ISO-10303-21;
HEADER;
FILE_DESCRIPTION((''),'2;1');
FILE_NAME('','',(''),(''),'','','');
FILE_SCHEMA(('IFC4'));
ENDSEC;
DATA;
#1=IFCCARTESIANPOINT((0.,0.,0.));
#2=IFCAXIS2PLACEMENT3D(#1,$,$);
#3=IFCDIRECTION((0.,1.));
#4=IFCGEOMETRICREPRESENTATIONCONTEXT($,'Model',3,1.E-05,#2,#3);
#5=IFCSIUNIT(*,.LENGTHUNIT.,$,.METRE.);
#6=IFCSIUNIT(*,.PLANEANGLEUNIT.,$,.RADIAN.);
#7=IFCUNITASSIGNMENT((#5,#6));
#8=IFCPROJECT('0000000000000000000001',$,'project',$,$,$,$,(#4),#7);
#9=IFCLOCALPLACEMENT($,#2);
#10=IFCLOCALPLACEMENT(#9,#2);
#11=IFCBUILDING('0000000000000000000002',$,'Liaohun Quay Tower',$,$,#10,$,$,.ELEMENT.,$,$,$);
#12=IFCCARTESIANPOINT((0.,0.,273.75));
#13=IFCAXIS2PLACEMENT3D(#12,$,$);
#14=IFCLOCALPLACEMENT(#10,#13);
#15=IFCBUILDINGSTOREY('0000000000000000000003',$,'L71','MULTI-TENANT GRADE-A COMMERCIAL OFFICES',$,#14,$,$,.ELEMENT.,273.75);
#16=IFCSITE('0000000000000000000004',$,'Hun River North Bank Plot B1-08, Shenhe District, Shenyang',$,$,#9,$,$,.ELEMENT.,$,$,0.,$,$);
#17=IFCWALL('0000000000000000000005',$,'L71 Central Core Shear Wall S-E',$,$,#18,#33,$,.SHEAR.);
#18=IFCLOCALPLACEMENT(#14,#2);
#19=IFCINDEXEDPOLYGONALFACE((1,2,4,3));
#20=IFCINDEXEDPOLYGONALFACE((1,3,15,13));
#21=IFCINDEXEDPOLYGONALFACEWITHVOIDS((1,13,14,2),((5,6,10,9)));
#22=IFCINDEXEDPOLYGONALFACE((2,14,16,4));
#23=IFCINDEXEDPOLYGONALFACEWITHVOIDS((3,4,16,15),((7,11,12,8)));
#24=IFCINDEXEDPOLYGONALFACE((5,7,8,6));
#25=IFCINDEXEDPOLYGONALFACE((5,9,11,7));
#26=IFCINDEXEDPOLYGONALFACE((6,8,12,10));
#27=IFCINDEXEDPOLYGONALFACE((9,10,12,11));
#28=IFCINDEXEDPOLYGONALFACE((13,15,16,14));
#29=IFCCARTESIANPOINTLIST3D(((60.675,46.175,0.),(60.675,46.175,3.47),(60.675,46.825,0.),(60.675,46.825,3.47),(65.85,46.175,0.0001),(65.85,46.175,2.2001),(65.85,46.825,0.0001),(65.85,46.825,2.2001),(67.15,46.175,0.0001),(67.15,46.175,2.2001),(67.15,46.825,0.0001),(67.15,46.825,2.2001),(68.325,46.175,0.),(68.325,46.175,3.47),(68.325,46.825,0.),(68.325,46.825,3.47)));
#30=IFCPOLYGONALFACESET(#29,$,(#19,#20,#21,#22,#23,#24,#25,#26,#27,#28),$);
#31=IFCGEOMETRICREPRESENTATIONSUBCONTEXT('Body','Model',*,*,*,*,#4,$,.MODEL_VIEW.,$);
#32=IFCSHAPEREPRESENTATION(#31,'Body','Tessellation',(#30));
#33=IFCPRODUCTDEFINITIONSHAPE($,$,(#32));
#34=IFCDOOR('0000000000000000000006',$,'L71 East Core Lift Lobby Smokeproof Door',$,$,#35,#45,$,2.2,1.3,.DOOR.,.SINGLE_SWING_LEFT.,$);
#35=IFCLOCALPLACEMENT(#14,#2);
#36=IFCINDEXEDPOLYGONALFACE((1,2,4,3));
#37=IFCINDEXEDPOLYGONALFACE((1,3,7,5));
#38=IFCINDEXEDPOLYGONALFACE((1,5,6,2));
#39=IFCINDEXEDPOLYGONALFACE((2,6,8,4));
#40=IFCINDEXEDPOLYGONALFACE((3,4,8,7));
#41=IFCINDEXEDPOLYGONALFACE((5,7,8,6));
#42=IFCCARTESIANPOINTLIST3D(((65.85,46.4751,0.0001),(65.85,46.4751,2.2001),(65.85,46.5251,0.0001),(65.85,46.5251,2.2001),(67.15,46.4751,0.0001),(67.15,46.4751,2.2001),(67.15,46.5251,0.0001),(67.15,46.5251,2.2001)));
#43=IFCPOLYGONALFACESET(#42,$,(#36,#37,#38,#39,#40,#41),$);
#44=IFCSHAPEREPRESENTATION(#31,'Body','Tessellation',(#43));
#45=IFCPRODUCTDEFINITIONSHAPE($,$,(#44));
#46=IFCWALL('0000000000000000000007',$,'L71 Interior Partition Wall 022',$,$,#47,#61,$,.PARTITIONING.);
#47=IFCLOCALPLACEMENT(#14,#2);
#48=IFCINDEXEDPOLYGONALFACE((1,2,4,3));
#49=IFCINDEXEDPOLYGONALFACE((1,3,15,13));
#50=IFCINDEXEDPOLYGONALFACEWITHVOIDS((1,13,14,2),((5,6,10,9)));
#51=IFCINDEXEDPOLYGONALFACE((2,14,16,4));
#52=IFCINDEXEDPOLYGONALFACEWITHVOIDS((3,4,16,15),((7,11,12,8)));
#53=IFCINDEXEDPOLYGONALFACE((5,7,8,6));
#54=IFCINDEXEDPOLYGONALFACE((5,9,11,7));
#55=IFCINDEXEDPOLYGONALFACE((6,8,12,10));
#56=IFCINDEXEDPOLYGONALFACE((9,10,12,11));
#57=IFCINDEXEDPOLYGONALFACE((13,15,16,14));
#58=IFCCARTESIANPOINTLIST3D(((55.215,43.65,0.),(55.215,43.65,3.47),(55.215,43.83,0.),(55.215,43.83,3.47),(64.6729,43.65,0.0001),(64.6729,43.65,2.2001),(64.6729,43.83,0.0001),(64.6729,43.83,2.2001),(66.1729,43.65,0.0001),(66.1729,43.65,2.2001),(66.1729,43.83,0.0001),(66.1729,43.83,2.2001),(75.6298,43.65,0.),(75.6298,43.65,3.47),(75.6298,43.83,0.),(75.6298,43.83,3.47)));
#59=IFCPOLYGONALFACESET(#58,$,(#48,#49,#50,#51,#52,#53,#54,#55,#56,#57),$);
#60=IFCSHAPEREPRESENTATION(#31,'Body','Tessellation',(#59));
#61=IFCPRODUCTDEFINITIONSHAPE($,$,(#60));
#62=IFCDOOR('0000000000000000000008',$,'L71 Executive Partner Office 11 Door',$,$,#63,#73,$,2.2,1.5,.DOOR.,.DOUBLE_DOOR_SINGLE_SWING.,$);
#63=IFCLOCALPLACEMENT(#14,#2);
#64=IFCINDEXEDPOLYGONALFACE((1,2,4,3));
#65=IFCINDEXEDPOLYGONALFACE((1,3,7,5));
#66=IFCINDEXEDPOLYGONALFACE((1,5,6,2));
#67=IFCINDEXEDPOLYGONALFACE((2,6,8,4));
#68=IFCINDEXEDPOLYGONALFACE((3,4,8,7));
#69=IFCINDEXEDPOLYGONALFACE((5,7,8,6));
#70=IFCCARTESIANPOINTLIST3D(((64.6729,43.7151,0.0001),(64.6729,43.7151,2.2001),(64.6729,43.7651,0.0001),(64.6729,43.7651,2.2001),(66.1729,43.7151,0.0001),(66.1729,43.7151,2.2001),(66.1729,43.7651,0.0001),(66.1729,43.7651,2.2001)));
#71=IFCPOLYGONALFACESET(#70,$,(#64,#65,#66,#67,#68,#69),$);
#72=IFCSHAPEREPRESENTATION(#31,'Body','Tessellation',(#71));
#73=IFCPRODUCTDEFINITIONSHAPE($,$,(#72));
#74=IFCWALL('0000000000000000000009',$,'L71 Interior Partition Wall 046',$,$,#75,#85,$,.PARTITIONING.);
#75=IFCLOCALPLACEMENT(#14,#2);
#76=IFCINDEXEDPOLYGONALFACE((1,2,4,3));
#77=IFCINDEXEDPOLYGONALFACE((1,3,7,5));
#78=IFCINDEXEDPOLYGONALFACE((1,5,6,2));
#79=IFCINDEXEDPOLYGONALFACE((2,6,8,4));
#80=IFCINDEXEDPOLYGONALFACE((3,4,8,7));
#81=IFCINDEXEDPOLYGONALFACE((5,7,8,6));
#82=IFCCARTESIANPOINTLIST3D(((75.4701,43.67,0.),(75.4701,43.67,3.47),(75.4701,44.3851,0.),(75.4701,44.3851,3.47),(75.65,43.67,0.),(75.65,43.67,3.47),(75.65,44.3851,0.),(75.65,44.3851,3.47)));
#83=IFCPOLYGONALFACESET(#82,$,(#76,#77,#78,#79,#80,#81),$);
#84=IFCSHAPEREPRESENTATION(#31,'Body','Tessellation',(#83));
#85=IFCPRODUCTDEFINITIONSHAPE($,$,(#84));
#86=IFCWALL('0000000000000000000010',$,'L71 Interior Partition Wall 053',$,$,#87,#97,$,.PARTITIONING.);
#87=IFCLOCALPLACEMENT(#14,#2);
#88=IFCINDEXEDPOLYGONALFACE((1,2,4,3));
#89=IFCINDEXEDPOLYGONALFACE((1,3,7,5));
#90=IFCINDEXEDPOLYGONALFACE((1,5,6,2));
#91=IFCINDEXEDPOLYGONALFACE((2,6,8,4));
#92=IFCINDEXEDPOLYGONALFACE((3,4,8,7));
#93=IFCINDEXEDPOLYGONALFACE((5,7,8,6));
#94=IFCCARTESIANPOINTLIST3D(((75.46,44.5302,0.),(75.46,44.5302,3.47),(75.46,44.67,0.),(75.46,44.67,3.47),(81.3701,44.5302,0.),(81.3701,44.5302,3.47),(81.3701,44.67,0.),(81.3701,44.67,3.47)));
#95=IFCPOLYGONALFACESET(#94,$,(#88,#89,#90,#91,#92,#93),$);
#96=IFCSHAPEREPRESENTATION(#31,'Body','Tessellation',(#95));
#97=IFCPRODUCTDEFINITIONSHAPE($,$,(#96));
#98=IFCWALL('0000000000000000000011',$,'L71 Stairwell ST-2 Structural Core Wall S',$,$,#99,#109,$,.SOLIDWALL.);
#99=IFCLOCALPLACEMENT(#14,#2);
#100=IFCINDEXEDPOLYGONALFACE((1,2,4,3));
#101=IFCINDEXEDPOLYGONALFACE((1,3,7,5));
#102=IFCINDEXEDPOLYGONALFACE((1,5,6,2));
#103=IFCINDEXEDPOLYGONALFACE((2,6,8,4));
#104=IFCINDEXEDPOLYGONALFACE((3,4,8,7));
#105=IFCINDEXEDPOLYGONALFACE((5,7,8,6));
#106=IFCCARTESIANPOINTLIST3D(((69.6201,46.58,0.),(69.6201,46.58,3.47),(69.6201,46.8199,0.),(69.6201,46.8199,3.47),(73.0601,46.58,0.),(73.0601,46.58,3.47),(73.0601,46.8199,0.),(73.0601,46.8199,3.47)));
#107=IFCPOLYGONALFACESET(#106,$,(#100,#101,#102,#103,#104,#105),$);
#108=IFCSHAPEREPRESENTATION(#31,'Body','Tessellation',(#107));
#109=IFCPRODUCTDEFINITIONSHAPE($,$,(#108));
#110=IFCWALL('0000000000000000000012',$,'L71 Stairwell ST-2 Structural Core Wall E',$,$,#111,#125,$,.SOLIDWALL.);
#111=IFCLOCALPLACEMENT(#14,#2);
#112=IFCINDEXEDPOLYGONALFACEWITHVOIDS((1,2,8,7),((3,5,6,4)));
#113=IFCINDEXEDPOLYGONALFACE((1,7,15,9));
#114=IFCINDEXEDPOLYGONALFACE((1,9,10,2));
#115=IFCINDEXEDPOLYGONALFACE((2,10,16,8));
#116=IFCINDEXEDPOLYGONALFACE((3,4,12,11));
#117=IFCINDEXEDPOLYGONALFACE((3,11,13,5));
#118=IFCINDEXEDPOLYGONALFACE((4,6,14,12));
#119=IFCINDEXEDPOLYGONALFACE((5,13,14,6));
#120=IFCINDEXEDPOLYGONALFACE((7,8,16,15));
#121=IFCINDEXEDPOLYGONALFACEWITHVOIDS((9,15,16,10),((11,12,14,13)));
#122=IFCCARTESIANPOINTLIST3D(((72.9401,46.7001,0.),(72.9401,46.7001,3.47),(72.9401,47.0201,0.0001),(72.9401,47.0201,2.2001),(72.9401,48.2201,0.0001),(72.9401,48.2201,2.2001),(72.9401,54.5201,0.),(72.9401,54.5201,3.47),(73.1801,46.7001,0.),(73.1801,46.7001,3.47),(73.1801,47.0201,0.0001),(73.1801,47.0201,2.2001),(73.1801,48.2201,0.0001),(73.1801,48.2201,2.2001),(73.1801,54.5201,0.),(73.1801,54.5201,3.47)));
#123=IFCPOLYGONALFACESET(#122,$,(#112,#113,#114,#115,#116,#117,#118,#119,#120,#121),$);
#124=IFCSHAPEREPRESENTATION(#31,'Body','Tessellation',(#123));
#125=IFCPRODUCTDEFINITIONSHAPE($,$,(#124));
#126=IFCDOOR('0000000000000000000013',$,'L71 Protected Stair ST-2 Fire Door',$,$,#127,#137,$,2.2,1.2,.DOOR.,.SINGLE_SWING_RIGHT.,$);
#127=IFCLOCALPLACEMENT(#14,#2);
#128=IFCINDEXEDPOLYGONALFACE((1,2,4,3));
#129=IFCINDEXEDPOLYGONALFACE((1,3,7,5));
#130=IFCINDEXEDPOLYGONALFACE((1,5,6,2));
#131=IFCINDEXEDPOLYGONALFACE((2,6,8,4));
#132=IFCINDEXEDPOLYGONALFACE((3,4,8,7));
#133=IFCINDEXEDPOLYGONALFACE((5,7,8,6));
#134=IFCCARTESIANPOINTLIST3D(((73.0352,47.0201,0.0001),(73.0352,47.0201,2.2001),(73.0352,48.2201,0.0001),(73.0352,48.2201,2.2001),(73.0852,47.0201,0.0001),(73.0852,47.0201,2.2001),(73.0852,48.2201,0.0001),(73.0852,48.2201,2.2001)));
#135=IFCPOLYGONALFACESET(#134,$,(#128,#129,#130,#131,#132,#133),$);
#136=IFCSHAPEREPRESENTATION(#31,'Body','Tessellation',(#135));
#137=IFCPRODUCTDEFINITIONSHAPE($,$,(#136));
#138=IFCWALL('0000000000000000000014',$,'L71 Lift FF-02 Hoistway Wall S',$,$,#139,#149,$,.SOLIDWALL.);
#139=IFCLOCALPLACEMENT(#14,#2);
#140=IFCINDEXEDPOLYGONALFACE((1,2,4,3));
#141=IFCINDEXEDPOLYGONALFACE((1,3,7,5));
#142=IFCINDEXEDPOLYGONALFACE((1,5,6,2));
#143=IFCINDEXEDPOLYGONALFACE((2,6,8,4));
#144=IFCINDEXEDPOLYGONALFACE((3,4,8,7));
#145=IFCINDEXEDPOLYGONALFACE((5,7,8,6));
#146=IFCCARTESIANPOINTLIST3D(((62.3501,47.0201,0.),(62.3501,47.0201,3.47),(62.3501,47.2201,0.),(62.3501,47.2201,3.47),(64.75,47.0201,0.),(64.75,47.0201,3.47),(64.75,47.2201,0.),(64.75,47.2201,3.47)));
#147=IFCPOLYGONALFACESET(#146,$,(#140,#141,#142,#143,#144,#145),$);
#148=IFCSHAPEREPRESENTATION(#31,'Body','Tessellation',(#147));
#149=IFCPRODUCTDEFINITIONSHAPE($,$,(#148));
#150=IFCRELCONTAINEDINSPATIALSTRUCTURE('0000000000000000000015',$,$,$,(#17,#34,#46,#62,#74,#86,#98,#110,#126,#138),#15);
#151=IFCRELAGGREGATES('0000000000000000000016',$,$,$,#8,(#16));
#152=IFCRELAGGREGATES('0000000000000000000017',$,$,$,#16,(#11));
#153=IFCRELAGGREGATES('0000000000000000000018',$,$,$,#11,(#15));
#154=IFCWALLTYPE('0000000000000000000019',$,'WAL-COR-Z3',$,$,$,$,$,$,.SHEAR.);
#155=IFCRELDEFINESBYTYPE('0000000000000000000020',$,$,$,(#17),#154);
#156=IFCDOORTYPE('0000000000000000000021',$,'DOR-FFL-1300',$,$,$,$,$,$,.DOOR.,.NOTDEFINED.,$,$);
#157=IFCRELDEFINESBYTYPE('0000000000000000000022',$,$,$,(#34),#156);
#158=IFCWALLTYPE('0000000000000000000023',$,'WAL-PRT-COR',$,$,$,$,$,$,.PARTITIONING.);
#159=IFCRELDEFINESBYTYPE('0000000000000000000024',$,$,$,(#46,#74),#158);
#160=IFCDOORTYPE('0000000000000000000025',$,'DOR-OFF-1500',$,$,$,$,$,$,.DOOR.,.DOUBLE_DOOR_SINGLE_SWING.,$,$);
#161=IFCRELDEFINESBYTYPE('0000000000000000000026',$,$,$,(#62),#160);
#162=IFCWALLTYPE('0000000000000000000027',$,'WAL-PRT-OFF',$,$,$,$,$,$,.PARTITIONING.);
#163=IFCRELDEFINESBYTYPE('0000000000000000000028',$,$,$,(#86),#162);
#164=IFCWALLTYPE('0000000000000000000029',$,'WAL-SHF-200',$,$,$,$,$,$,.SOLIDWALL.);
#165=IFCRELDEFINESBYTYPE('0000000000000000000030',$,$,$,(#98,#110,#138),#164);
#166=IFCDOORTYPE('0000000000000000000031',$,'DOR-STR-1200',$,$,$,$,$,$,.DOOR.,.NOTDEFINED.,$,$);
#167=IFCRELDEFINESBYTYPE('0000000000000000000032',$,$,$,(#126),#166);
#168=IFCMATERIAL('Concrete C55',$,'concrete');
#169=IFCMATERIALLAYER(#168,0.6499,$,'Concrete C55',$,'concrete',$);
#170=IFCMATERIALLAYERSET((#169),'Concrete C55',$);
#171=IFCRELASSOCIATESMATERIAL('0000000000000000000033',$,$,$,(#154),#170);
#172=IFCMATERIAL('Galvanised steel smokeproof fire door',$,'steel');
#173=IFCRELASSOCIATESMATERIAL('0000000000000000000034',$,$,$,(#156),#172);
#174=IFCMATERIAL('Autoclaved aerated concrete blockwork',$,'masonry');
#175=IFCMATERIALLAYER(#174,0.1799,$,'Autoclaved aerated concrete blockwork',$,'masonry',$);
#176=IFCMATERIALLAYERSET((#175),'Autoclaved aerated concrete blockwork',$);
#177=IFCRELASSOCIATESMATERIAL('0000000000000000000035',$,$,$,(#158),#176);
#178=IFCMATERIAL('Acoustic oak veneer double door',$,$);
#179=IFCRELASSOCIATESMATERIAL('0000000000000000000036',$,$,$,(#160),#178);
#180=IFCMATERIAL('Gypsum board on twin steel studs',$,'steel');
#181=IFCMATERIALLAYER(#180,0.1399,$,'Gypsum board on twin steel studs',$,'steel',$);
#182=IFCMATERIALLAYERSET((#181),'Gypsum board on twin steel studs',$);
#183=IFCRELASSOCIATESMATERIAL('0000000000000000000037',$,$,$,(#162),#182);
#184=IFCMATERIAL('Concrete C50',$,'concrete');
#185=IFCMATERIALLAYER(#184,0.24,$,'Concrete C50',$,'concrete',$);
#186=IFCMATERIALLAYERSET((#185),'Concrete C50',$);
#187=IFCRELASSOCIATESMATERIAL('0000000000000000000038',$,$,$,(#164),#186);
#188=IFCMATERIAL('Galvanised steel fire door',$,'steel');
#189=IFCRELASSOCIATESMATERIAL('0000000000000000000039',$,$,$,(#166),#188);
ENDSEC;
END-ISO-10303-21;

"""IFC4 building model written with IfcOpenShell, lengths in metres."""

from ifc_helpers import new_model, si_unit, direction, frame, frame_2d, origin, place, context, subcontext, project, spatial, rectangle, extrude, source, transform, mapped, material, layer, layer_set, type_object, element, fill, save


model = new_model("IFC4")

# Units and contexts
model_context = context("Model", 3, precision=1e-05, world=origin(), true_north=direction((0.0, 1.0)))
body_context = subcontext(model_context, "Body", "Model", "MODEL_VIEW")
ifc_project = project(units=[si_unit("LENGTHUNIT", "METRE"), si_unit("PLANEANGLEUNIT", "RADIAN")], contexts=[model_context])

# Site, building, storey
site_placement = place(None, origin())
site = spatial("IfcSite", under=ifc_project, at=site_placement, Name="Hun River North Bank Plot B1-08, Shenhe District, Shenyang", CompositionType="ELEMENT", RefElevation=0.0)
building_placement = place(site_placement, origin())
building = spatial("IfcBuilding", under=site, at=building_placement, Name="Liaohun Quay Tower", CompositionType="ELEMENT")
storey_placement = place(building_placement, frame((0.0, 0.0, 273.75)))
storey = spatial("IfcBuildingStorey", under=building, at=storey_placement, Name="L71", Description="MULTI-TENANT GRADE-A COMMERCIAL OFFICES", CompositionType="ELEMENT", Elevation=273.75)

# Shared definitions
ifc_material_1 = material(Name="Concrete C55", Category="concrete")

# Walls, openings, doors
ifc_layer_1 = layer(ifc_material_1, 0.6499, Name="Concrete C55", Category="concrete")
ifc_layer_set_1 = layer_set([ifc_layer_1], Name="Concrete C55")
wall_type_1 = type_object("IfcWallType", Name="WAL-COR-Z3", PredefinedType="SHEAR", material=ifc_layer_set_1)
wall_1_placement = place(storey_placement, frame((68.325, 46.5, 0.0), z_axis=(0.0, 0.0, 1.0), x_axis=(-1.0, 0.0, 0.0)))
wall_1 = element("IfcWall", 1, at=wall_1_placement, inside=storey, type_object=wall_type_1, Name="L71 Central Core Shear Wall S-E", PredefinedType="SHEAR", context=body_context, shape_type="SweptSolid", body=[
    extrude(rectangle(XDim=7.6499, YDim=0.6499, at=frame_2d((3.825, 0.0))), origin(), (0.0, 0.0, 1.0), 3.47),
])
shared_shape_1 = source(origin(), body_context, "Body", "SweptSolid", [
    extrude(rectangle(XDim=1.3, YDim=2.2, at=frame_2d((0.6499, 1.1001))), frame((0.0, 0.335, 0.0), z_axis=(0.0, -1.0, 0.0), x_axis=(1.0, 0.0, 0.0)), (0.0, 0.0, 1.0), 0.6699),
])
opening_1_placement = place(wall_1_placement, frame((1.175, 0.0, 0.0)))
opening_1 = element("IfcOpeningElement", 2, at=opening_1_placement, cuts=wall_1, PredefinedType="OPENING", context=body_context, shape_type="MappedRepresentation", body=[
    mapped(shared_shape_1, transform((0.0, 0.0, 0.0), x_axis=(1.0, 0.0, 0.0), y_axis=(0.0, 1.0, 0.0), z_axis=(0.0, 0.0, 1.0), scale=1.0)),
])
ifc_material_2 = material(Name="Galvanised steel smokeproof fire door", Category="steel")
door_type_1 = type_object("IfcDoorType", Name="DOR-FFL-1300", OperationType="NOTDEFINED", PredefinedType="DOOR", material=ifc_material_2)
shared_shape_2 = source(origin(), body_context, "Body", "SweptSolid", [
    extrude(rectangle(XDim=1.3, YDim=2.2, at=frame_2d((0.6499, 1.1001))), frame((0.0, 0.0249, 0.0), z_axis=(0.0, -1.0, 0.0), x_axis=(1.0, 0.0, 0.0)), (0.0, 0.0, 1.0), 0.05),
])
door_1_placement = place(opening_1_placement, origin())
door_1 = element("IfcDoor", 3, at=door_1_placement, inside=storey, type_object=door_type_1, Name="L71 East Core Lift Lobby Smokeproof Door", OperationType="SINGLE_SWING_LEFT", OverallHeight=2.2, OverallWidth=1.3, PredefinedType="DOOR", context=body_context, shape_type="MappedRepresentation", body=[
    mapped(shared_shape_2, transform((0.0, 0.0, 0.0), x_axis=(1.0, 0.0, 0.0), y_axis=(0.0, 1.0, 0.0), z_axis=(0.0, 0.0, 1.0), scale=1.0)),
])
fill(opening_1, door_1)
ifc_material_3 = material(Name="Autoclaved aerated concrete blockwork", Category="masonry")
ifc_layer_2 = layer(ifc_material_3, 0.1799, Name="Autoclaved aerated concrete blockwork", Category="masonry")
ifc_layer_set_2 = layer_set([ifc_layer_2], Name="Autoclaved aerated concrete blockwork")
wall_type_2 = type_object("IfcWallType", Name="WAL-PRT-COR", PredefinedType="PARTITIONING", material=ifc_layer_set_2)
wall_2_placement = place(storey_placement, frame((75.6299, 43.74, 0.0), z_axis=(0.0, 0.0, 1.0), x_axis=(-1.0, 0.0, 0.0)))
wall_2 = element("IfcWall", 4, at=wall_2_placement, inside=storey, type_object=wall_type_2, Name="L71 Interior Partition Wall 022", PredefinedType="PARTITIONING", context=body_context, shape_type="SweptSolid", body=[
    extrude(rectangle(XDim=20.4148, YDim=0.1799, at=frame_2d((10.2075, 0.0))), origin(), (0.0, 0.0, 1.0), 3.47),
])
shared_shape_3 = source(origin(), body_context, "Body", "SweptSolid", [
    extrude(rectangle(XDim=1.5, YDim=2.2, at=frame_2d((0.75, 1.1001))), frame((0.0, 0.0999, 0.0), z_axis=(0.0, -1.0, 0.0), x_axis=(1.0, 0.0, 0.0)), (0.0, 0.0, 1.0), 0.2),
])
opening_2_placement = place(wall_2_placement, frame((9.457, 0.0, 0.0)))
opening_2 = element("IfcOpeningElement", 5, at=opening_2_placement, cuts=wall_2, PredefinedType="OPENING", context=body_context, shape_type="MappedRepresentation", body=[
    mapped(shared_shape_3, transform((0.0, 0.0, 0.0), x_axis=(1.0, 0.0, 0.0), y_axis=(0.0, 1.0, 0.0), z_axis=(0.0, 0.0, 1.0), scale=1.0)),
])
ifc_material_4 = material(Name="Acoustic oak veneer double door")
door_type_2 = type_object("IfcDoorType", Name="DOR-OFF-1500", OperationType="DOUBLE_DOOR_SINGLE_SWING", PredefinedType="DOOR", material=ifc_material_4)
shared_shape_4 = source(origin(), body_context, "Body", "SweptSolid", [
    extrude(rectangle(XDim=1.5, YDim=2.2, at=frame_2d((0.75, 1.1001))), frame((0.0, 0.0249, 0.0), z_axis=(0.0, -1.0, 0.0), x_axis=(1.0, 0.0, 0.0)), (0.0, 0.0, 1.0), 0.05),
])
door_2_placement = place(opening_2_placement, origin())
door_2 = element("IfcDoor", 6, at=door_2_placement, inside=storey, type_object=door_type_2, Name="L71 Executive Partner Office 11 Door", OperationType="DOUBLE_DOOR_SINGLE_SWING", OverallHeight=2.2, OverallWidth=1.5, PredefinedType="DOOR", context=body_context, shape_type="MappedRepresentation", body=[
    mapped(shared_shape_4, transform((0.0, 0.0, 0.0), x_axis=(1.0, 0.0, 0.0), y_axis=(0.0, 1.0, 0.0), z_axis=(0.0, 0.0, 1.0), scale=1.0)),
])
fill(opening_2, door_2)

# Walls
wall_3_placement = place(storey_placement, frame((75.5601, 44.385, 0.0), z_axis=(0.0, 0.0, 1.0), x_axis=(0.0, -1.0, 0.0)))
element("IfcWall", 7, at=wall_3_placement, inside=storey, type_object=wall_type_2, Name="L71 Interior Partition Wall 046", PredefinedType="PARTITIONING", context=body_context, shape_type="SweptSolid", body=[
    extrude(rectangle(XDim=0.7151, YDim=0.1799, at=frame_2d((0.3574, 0.0))), origin(), (0.0, 0.0, 1.0), 3.47),
])
ifc_material_5 = material(Name="Gypsum board on twin steel studs", Category="steel")
ifc_layer_3 = layer(ifc_material_5, 0.1399, Name="Gypsum board on twin steel studs", Category="steel")
ifc_layer_set_3 = layer_set([ifc_layer_3], Name="Gypsum board on twin steel studs")
wall_type_3 = type_object("IfcWallType", Name="WAL-PRT-OFF", PredefinedType="PARTITIONING", material=ifc_layer_set_3)
wall_4_placement = place(storey_placement, frame((75.46, 44.6001, 0.0), z_axis=(0.0, 0.0, 1.0), x_axis=(1.0, 0.0, 0.0)))
element("IfcWall", 8, at=wall_4_placement, inside=storey, type_object=wall_type_3, Name="L71 Interior Partition Wall 053", PredefinedType="PARTITIONING", context=body_context, shape_type="SweptSolid", body=[
    extrude(rectangle(XDim=5.9102, YDim=0.1399, at=frame_2d((2.9551, 0.0))), origin(), (0.0, 0.0, 1.0), 3.47),
])
ifc_material_6 = material(Name="Concrete C50", Category="concrete")
ifc_layer_4 = layer(ifc_material_6, 0.24, Name="Concrete C50", Category="concrete")
ifc_layer_set_4 = layer_set([ifc_layer_4], Name="Concrete C50")
wall_type_4 = type_object("IfcWallType", Name="WAL-SHF-200", PredefinedType="SOLIDWALL", material=ifc_layer_set_4)
wall_5_placement = place(storey_placement, frame((69.6201, 46.7, 0.0), z_axis=(0.0, 0.0, 1.0), x_axis=(1.0, 0.0, 0.0)))
element("IfcWall", 9, at=wall_5_placement, inside=storey, type_object=wall_type_4, Name="L71 Stairwell ST-2 Structural Core Wall S", PredefinedType="SOLIDWALL", context=body_context, shape_type="SweptSolid", body=[
    extrude(rectangle(XDim=3.4399, YDim=0.24, at=frame_2d((1.72, 0.0))), origin(), (0.0, 0.0, 1.0), 3.47),
])

# Wall, opening, door
wall_6_placement = place(storey_placement, frame((73.0601, 46.7, 0.0), z_axis=(0.0, 0.0, 1.0), x_axis=(0.0, 1.0, 0.0)))
wall_6 = element("IfcWall", 10, at=wall_6_placement, inside=storey, type_object=wall_type_4, Name="L71 Stairwell ST-2 Structural Core Wall E", PredefinedType="SOLIDWALL", context=body_context, shape_type="SweptSolid", body=[
    extrude(rectangle(XDim=7.8201, YDim=0.24, at=frame_2d((3.9102, 0.0))), origin(), (0.0, 0.0, 1.0), 3.47),
])
shared_shape_5 = source(origin(), body_context, "Body", "SweptSolid", [
    extrude(rectangle(XDim=1.2, YDim=2.2, at=frame_2d((0.6001, 1.1001))), frame((0.0, 0.1299, 0.0), z_axis=(0.0, -1.0, 0.0), x_axis=(1.0, 0.0, 0.0)), (0.0, 0.0, 1.0), 0.26),
])
opening_3_placement = place(wall_6_placement, frame((0.3201, 0.0, 0.0)))
opening_3 = element("IfcOpeningElement", 11, at=opening_3_placement, cuts=wall_6, PredefinedType="OPENING", context=body_context, shape_type="MappedRepresentation", body=[
    mapped(shared_shape_5, transform((0.0, 0.0, 0.0), x_axis=(1.0, 0.0, 0.0), y_axis=(0.0, 1.0, 0.0), z_axis=(0.0, 0.0, 1.0), scale=1.0)),
])
ifc_material_7 = material(Name="Galvanised steel fire door", Category="steel")
door_type_3 = type_object("IfcDoorType", Name="DOR-STR-1200", OperationType="NOTDEFINED", PredefinedType="DOOR", material=ifc_material_7)
shared_shape_6 = source(origin(), body_context, "Body", "SweptSolid", [
    extrude(rectangle(XDim=1.2, YDim=2.2, at=frame_2d((0.6001, 1.1001))), frame((0.0, 0.0249, 0.0), z_axis=(0.0, -1.0, 0.0), x_axis=(1.0, 0.0, 0.0)), (0.0, 0.0, 1.0), 0.05),
])
door_3_placement = place(opening_3_placement, origin())
door_3 = element("IfcDoor", 12, at=door_3_placement, inside=storey, type_object=door_type_3, Name="L71 Protected Stair ST-2 Fire Door", OperationType="SINGLE_SWING_RIGHT", OverallHeight=2.2, OverallWidth=1.2, PredefinedType="DOOR", context=body_context, shape_type="MappedRepresentation", body=[
    mapped(shared_shape_6, transform((0.0, 0.0, 0.0), x_axis=(1.0, 0.0, 0.0), y_axis=(0.0, 1.0, 0.0), z_axis=(0.0, 0.0, 1.0), scale=1.0)),
])
fill(opening_3, door_3)

# Wall
wall_7_placement = place(storey_placement, frame((62.3501, 47.1201, 0.0), z_axis=(0.0, 0.0, 1.0), x_axis=(1.0, 0.0, 0.0)))
element("IfcWall", 13, at=wall_7_placement, inside=storey, type_object=wall_type_4, Name="L71 Lift FF-02 Hoistway Wall S", PredefinedType="SOLIDWALL", context=body_context, shape_type="SweptSolid", body=[
    extrude(rectangle(XDim=2.3999, YDim=0.2, at=frame_2d((1.2, 0.0))), origin(), (0.0, 0.0, 1.0), 3.47),
])

save(model, "model.ifc")
